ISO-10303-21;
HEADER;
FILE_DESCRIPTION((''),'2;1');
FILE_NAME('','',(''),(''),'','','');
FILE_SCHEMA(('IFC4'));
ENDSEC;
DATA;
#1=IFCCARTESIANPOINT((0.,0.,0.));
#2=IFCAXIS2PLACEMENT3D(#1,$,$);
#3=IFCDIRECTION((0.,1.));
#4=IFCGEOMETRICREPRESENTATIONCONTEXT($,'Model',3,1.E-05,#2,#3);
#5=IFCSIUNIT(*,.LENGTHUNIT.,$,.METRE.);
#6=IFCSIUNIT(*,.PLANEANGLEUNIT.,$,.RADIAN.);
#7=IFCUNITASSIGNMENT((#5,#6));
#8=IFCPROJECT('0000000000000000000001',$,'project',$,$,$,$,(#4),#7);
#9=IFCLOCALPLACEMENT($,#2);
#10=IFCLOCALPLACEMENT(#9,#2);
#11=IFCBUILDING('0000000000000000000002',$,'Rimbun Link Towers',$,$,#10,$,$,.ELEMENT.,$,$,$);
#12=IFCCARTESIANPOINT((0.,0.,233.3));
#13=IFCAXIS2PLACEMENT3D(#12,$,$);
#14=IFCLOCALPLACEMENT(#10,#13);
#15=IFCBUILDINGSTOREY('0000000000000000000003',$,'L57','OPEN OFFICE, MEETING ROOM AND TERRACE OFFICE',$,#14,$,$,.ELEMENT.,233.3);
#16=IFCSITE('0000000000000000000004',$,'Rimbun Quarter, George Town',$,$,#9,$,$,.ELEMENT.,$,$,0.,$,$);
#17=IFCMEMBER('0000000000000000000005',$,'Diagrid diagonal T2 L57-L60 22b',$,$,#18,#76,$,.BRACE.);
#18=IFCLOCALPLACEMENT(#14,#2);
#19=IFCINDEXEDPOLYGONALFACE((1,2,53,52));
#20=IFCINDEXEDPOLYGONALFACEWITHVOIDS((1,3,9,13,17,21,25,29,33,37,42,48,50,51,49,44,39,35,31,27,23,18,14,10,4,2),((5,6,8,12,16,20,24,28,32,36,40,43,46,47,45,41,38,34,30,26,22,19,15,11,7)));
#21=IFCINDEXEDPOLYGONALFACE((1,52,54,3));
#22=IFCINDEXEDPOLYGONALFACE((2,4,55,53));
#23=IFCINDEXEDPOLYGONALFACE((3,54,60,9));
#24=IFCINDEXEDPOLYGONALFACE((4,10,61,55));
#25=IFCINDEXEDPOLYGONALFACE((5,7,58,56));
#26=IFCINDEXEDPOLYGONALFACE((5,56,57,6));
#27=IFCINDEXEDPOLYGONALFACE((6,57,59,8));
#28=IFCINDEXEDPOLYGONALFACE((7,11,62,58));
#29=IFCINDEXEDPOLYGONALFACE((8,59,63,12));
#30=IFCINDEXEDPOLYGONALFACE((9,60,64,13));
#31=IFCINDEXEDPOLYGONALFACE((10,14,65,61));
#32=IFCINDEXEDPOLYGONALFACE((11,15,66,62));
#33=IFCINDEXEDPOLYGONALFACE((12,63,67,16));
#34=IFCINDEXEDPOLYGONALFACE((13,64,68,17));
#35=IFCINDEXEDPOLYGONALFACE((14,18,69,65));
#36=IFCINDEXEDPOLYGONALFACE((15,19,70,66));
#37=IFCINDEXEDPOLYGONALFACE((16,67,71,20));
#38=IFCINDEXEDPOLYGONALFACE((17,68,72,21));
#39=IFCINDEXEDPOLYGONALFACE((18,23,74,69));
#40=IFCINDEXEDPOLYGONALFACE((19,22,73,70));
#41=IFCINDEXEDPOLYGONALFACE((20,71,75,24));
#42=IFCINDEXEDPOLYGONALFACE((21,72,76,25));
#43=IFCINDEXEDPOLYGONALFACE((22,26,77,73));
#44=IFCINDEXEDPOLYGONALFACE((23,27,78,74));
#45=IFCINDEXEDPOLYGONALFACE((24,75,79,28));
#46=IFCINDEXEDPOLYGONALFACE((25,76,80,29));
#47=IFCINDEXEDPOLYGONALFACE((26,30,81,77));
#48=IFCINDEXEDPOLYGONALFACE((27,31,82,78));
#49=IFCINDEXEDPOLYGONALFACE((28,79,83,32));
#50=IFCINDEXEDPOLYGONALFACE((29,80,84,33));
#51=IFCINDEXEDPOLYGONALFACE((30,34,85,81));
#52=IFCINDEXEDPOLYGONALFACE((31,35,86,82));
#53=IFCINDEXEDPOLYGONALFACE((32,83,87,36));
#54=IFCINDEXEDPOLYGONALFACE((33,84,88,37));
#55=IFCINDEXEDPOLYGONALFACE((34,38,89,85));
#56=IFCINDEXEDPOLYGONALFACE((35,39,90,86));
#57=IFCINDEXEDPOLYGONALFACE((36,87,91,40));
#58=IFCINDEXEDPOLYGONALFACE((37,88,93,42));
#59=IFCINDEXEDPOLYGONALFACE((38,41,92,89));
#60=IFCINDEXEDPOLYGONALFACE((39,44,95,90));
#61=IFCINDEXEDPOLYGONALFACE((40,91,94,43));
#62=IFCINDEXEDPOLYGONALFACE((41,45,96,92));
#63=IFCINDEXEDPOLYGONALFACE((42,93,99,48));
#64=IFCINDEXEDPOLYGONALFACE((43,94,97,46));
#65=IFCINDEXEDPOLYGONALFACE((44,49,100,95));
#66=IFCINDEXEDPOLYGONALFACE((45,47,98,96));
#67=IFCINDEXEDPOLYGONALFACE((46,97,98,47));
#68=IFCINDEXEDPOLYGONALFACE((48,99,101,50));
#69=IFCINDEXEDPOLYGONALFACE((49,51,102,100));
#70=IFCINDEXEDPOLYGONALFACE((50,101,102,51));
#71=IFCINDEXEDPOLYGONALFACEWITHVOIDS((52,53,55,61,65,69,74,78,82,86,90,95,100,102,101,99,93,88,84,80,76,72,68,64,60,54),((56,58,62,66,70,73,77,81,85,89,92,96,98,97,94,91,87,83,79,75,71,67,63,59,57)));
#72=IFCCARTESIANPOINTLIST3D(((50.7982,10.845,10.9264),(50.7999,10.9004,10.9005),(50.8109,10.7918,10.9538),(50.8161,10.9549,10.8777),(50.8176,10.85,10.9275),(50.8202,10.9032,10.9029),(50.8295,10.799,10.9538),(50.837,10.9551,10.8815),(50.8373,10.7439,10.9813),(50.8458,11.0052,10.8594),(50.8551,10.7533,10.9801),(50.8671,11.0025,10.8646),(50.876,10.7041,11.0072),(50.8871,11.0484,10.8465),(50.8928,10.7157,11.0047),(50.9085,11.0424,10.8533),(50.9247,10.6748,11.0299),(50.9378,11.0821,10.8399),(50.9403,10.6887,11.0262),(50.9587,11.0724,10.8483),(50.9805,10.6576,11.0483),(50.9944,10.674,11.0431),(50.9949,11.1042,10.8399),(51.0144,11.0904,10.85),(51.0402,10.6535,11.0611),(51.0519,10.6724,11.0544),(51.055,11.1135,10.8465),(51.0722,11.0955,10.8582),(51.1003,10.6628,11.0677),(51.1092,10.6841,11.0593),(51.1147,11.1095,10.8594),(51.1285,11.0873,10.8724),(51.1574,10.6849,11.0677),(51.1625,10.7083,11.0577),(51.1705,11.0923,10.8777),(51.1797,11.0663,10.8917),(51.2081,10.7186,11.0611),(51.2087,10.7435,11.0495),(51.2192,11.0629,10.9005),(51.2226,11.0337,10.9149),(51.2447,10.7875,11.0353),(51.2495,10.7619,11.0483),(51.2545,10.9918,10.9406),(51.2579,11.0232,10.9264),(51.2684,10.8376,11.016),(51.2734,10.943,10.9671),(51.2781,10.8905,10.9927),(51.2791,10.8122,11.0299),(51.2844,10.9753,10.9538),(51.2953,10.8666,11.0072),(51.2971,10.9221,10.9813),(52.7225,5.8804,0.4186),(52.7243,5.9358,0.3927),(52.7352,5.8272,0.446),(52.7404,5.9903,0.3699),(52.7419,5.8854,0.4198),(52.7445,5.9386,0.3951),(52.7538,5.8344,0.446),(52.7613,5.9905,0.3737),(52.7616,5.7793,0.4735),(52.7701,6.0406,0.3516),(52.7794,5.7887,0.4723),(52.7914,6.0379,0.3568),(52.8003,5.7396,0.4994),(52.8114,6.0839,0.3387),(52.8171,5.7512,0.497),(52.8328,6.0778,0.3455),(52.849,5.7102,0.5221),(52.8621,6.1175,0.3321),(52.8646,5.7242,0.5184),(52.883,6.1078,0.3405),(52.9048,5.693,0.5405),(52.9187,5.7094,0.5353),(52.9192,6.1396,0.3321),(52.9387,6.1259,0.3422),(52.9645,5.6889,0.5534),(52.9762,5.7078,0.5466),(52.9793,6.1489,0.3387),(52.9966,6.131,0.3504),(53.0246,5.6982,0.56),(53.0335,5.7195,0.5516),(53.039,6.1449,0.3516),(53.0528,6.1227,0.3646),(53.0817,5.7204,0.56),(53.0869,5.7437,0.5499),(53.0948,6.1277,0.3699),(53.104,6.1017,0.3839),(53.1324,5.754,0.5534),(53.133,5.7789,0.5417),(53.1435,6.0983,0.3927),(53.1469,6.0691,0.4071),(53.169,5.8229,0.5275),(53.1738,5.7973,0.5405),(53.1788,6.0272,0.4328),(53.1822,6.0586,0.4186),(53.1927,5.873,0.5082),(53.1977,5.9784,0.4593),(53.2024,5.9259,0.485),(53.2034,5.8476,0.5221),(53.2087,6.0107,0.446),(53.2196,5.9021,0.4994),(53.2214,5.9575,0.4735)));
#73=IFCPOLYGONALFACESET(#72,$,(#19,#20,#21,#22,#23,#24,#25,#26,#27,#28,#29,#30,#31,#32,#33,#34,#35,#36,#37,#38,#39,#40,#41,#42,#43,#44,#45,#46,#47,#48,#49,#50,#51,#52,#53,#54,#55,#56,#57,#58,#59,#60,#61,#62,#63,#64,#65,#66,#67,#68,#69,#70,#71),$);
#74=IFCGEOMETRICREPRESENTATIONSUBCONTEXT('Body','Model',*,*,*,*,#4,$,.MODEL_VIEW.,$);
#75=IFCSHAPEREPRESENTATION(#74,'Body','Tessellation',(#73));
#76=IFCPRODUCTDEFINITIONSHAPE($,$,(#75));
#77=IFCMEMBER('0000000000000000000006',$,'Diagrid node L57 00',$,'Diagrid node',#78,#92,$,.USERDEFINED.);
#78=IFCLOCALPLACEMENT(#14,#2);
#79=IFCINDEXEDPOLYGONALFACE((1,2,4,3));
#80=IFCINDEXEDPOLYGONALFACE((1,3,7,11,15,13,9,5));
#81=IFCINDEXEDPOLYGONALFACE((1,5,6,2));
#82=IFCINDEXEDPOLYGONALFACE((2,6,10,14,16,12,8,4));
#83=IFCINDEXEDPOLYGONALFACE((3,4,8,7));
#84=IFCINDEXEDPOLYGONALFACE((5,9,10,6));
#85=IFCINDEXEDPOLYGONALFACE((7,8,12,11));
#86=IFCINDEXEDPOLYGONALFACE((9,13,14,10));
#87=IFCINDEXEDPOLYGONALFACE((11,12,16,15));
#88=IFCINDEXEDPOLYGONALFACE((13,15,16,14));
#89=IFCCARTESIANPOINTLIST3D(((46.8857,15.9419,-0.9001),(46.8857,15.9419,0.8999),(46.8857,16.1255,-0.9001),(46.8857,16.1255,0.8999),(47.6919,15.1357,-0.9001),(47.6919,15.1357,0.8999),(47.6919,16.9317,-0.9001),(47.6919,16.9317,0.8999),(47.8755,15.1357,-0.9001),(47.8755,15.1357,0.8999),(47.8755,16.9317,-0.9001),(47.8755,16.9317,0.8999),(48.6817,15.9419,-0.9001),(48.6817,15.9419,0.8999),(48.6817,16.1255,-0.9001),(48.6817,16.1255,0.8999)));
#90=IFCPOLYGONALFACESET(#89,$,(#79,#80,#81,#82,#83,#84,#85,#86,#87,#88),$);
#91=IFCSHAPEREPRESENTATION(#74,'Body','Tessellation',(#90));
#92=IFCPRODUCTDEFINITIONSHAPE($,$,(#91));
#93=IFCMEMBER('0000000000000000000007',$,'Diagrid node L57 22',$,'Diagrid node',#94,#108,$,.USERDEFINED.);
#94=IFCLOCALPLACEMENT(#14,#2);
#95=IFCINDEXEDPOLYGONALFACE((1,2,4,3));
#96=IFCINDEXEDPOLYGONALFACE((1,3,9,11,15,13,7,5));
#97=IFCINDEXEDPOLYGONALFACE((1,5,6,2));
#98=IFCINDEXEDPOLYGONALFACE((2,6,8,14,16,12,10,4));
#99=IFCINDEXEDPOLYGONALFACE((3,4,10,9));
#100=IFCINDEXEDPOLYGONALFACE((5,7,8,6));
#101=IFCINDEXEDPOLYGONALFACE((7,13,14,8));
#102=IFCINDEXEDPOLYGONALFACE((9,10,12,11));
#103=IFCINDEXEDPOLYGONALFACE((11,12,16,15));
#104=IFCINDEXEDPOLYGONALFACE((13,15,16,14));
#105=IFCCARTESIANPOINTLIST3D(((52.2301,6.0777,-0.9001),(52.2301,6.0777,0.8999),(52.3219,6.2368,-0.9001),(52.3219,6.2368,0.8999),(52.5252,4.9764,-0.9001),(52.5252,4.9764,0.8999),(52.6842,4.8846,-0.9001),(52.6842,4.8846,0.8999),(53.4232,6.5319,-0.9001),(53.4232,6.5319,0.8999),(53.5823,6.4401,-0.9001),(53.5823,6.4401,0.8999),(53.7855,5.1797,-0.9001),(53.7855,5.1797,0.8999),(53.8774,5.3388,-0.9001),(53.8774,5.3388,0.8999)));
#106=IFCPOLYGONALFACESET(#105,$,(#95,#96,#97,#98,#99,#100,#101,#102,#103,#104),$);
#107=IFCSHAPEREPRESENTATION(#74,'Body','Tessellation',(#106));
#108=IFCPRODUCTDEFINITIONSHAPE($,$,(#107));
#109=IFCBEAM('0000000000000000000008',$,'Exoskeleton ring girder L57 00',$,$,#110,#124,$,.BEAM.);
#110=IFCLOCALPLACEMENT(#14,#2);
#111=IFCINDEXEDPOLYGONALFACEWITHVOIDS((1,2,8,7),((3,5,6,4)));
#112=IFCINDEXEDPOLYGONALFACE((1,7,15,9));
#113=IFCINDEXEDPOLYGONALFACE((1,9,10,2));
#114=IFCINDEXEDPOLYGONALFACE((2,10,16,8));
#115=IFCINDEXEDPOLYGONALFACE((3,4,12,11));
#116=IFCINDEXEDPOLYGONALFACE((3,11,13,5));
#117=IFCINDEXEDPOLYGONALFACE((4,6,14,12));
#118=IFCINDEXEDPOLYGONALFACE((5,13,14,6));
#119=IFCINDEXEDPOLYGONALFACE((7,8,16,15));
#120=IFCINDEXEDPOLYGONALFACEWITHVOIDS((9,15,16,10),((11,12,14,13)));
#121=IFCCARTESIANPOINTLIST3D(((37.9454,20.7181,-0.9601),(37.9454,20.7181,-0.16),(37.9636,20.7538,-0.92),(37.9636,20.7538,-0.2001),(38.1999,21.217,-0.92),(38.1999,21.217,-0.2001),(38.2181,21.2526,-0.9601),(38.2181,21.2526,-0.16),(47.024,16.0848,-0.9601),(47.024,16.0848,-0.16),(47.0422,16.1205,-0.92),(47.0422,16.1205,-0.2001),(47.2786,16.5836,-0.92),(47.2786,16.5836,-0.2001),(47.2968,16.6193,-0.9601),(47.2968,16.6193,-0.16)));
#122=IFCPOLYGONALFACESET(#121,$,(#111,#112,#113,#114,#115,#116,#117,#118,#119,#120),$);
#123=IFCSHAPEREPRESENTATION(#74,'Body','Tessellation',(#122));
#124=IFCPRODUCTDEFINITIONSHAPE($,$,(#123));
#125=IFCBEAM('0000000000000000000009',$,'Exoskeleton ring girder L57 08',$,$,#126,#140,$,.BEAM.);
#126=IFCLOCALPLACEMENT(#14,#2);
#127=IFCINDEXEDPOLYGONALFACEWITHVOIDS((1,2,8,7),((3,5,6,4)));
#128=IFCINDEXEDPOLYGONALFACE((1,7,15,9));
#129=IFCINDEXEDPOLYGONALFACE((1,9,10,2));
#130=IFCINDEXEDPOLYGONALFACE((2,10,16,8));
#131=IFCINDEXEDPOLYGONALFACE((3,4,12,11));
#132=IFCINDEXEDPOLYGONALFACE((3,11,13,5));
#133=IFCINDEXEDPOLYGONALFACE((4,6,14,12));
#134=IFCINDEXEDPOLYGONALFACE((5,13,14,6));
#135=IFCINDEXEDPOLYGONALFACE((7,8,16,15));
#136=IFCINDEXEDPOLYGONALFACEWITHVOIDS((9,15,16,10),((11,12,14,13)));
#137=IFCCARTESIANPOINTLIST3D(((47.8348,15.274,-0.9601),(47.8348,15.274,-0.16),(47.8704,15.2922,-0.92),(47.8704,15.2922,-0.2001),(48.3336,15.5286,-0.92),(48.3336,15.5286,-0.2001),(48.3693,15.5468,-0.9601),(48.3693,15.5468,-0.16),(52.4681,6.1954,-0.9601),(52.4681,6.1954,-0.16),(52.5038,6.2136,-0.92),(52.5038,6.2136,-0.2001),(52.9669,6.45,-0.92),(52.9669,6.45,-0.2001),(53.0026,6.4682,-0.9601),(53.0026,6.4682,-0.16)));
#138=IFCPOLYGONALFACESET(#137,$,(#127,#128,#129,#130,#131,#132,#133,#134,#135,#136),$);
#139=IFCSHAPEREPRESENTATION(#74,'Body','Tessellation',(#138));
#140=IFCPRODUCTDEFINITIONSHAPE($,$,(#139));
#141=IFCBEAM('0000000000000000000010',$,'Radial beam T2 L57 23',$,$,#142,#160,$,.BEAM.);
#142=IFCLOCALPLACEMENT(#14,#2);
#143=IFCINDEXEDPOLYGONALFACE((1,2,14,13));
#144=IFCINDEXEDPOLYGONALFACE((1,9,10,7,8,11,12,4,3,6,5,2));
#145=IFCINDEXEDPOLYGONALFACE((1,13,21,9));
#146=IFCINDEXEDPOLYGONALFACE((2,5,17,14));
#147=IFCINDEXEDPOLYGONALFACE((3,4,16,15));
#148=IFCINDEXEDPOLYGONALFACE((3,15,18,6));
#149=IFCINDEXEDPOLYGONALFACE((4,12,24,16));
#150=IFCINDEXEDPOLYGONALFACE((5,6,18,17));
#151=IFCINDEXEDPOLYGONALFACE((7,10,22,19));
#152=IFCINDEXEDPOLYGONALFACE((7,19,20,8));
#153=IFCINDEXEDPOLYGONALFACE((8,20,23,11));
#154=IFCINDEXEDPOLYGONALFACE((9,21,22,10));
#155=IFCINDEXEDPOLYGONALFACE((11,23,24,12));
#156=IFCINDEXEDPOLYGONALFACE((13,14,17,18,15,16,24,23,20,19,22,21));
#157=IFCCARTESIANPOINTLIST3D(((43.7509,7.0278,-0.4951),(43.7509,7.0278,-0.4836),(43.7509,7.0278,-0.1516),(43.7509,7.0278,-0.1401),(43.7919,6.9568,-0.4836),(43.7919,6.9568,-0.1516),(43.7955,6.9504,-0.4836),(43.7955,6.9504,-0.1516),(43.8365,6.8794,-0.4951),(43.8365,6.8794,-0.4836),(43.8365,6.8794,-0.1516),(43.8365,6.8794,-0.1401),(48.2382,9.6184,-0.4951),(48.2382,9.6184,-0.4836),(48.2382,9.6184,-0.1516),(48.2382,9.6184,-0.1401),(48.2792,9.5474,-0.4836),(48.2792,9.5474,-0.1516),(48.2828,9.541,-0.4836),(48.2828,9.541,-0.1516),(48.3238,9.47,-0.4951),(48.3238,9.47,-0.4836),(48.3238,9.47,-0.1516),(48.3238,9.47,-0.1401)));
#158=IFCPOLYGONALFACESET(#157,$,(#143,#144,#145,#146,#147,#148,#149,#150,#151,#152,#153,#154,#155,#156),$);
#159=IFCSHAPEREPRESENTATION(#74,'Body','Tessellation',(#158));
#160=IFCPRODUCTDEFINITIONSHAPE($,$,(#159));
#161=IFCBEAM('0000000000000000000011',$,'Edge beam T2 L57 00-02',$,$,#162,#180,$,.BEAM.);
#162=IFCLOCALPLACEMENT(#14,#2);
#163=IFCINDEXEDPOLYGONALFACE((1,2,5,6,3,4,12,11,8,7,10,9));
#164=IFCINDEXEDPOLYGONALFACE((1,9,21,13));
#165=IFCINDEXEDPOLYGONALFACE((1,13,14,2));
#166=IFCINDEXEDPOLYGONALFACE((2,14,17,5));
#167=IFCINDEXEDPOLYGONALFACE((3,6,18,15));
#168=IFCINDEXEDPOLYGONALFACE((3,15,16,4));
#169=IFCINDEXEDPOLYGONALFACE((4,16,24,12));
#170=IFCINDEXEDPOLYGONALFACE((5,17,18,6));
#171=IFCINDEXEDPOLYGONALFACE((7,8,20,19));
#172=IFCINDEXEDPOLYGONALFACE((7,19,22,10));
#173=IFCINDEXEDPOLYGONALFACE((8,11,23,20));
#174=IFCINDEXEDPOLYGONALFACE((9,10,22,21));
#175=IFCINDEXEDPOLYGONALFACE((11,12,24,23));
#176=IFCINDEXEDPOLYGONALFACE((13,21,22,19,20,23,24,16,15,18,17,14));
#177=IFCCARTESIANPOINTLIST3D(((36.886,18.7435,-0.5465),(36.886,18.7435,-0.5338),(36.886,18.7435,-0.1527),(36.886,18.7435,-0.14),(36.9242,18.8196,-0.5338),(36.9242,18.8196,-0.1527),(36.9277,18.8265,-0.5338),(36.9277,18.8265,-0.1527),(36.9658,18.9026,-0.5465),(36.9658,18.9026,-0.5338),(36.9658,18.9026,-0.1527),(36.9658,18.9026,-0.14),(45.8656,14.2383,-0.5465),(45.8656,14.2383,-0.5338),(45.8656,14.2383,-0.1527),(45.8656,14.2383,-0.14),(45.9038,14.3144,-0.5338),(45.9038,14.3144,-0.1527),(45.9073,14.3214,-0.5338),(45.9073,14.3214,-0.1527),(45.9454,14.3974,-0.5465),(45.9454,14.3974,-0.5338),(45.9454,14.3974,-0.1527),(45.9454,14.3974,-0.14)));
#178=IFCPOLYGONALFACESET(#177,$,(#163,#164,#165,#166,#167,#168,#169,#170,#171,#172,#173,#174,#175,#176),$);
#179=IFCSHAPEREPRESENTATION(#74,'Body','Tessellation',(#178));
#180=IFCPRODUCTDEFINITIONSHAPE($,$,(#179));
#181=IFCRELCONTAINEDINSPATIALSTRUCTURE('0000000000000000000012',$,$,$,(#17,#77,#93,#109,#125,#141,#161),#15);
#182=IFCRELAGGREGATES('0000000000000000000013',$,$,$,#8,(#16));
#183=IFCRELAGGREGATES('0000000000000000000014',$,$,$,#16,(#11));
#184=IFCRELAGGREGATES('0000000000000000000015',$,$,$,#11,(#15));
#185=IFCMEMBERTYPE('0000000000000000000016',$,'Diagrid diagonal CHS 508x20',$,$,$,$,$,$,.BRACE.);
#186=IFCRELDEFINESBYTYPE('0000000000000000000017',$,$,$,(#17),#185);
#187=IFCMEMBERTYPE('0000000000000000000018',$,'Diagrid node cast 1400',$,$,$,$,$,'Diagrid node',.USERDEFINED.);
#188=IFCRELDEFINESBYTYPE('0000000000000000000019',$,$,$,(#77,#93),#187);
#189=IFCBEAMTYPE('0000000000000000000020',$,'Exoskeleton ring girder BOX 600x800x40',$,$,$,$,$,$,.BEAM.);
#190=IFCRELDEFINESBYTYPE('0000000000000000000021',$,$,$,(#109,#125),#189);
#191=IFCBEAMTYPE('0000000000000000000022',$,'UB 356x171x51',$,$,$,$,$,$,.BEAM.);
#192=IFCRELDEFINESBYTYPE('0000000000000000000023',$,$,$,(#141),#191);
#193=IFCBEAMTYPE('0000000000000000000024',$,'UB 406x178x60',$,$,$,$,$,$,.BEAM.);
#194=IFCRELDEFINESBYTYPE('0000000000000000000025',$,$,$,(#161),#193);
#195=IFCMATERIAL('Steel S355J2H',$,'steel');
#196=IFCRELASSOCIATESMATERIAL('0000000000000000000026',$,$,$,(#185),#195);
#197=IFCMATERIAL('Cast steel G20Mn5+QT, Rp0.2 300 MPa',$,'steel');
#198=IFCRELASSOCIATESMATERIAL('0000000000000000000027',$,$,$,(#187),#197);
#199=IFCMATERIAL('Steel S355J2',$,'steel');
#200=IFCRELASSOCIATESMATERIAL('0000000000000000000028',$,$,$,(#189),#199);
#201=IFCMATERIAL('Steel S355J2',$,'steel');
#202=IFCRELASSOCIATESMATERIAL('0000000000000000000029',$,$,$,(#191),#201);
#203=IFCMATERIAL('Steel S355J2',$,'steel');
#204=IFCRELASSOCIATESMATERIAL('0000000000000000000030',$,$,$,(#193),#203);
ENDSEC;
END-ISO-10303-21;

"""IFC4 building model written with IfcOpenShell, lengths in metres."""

from ifc_helpers import new_model, si_unit, direction, frame, origin, origin_2d, place, context, subcontext, project, spatial, polyline, hollow_rectangle, hollow_circle, i_section, outline, extrude, material, material_profile, profile_set, type_object, element, save


model = new_model("IFC4")

# Units and contexts
model_context = context("Model", 3, precision=1e-05, world=origin(), true_north=direction((0.0, 1.0)))
body_context = subcontext(model_context, "Body", "Model", "MODEL_VIEW")
ifc_project = project(units=[si_unit("LENGTHUNIT", "METRE"), si_unit("PLANEANGLEUNIT", "RADIAN")], contexts=[model_context])

# Site, building, storey
site_placement = place(None, origin())
site = spatial("IfcSite", under=ifc_project, at=site_placement, Name="Rimbun Quarter, George Town", CompositionType="ELEMENT", RefElevation=0.0)
building_placement = place(site_placement, origin())
building = spatial("IfcBuilding", under=site, at=building_placement, Name="Rimbun Link Towers", CompositionType="ELEMENT")
storey_placement = place(building_placement, frame((0.0, 0.0, 233.3)))
storey = spatial("IfcBuildingStorey", under=building, at=storey_placement, Name="L57", Description="OPEN OFFICE, MEETING ROOM AND TERRACE OFFICE", CompositionType="ELEMENT", Elevation=233.3)

# Members
ifc_material_1 = material(Name="Steel S355J2H", Category="steel")
ifc_material_profile_1 = material_profile(ifc_material_1, hollow_circle(Radius=0.2539, WallThickness=0.02, at=origin_2d()), Name="Diagrid diagonal CHS 508x20")
ifc_profile_set_1 = profile_set([ifc_material_profile_1], Name="Steel S355J2H")
member_type_1 = type_object("IfcMemberType", Name="Diagrid diagonal CHS 508x20", PredefinedType="BRACE", material=ifc_profile_set_1)
member_1_placement = place(storey_placement, frame((52.9719, 5.9189, 0.446), z_axis=(-0.163357, 0.421449, 0.892017), x_axis=(-0.932408, -0.361408, 0.0)))
element("IfcMember", 1, at=member_1_placement, inside=storey, type_object=member_type_1, Name="Diagrid diagonal T2 L57-L60 22b", PredefinedType="BRACE", context=body_context, shape_type="SweptSolid", body=[
    extrude(hollow_circle(Radius=0.2539, WallThickness=0.02, at=origin_2d()), origin(), (0.0, 0.0, 1.0), 11.7798),
])
ifc_material_2 = material(Name="Cast steel G20Mn5+QT, Rp0.2 300 MPa", Category="steel")
ifc_material_profile_2 = material_profile(ifc_material_2, outline(polyline([(0.7, -0.5701), (0.7, 0.5701), (0.5701, 0.7), (-0.5701, 0.7), (-0.7, 0.5701), (-0.7, -0.5701), (-0.5701, -0.7), (0.5701, -0.7), (0.7, -0.5701)])), Name="NODE 1400x1400")
ifc_profile_set_2 = profile_set([ifc_material_profile_2], Name="Cast steel G20Mn5+QT, Rp0.2 300 MPa")
member_type_2 = type_object("IfcMemberType", Name="Diagrid node cast 1400", ElementType="Diagrid node", PredefinedType="USERDEFINED", material=ifc_profile_set_2)
for number, where, z_axis, x_axis, name in (
    (2, (47.7837, 16.0337, -0.9001), (0.0, 0.0, 1.0), (0.707107, 0.707107, 0.0), "Diagrid node L57 00"),
    (3, (53.0537, 5.7083, -0.9001), (0.0, 0.0, 1.0), (0.965926, 0.258819, 0.0), "Diagrid node L57 22"),
):
    element("IfcMember", number, at=place(storey_placement, frame(where, z_axis=z_axis, x_axis=x_axis)), inside=storey, type_object=member_type_2, Name=name, ObjectType="Diagrid node", PredefinedType="USERDEFINED", context=body_context, shape_type="SweptSolid", body=[
        extrude(outline(polyline([(0.7, -0.5701), (0.7, 0.5701), (0.5701, 0.7), (-0.5701, 0.7), (-0.7, 0.5701), (-0.7, -0.5701), (-0.5701, -0.7), (0.5701, -0.7), (0.7, -0.5701)])), origin(), (0.0, 0.0, 1.0), 1.8),
    ])

# Beams
ifc_material_3 = material(Name="Steel S355J2", Category="steel")
ifc_material_profile_3 = material_profile(ifc_material_3, hollow_rectangle(XDim=0.6001, YDim=0.8, WallThickness=0.04, at=origin_2d()), Name="Exoskeleton ring girder BOX 600x800x40")
ifc_profile_set_3 = profile_set([ifc_material_profile_3], Name="Steel S355J2")
beam_type_1 = type_object("IfcBeamType", Name="Exoskeleton ring girder BOX 600x800x40", PredefinedType="BEAM", material=ifc_profile_set_3)
for number, where, z_axis, x_axis, name in (
    (4, (47.1604, 16.3521, -0.5601), (-0.890708, 0.454576, 0.0), (-0.454576, -0.890708, 0.0), "Exoskeleton ring girder L57 00"),
    (5, (52.7354, 6.3318, -0.5601), (-0.454576, 0.890708, 0.0), (-0.890708, -0.454576, 0.0), "Exoskeleton ring girder L57 08"),
):
    element("IfcBeam", number, at=place(storey_placement, frame(where, z_axis=z_axis, x_axis=x_axis)), inside=storey, type_object=beam_type_1, Name=name, PredefinedType="BEAM", context=body_context, shape_type="SweptSolid", body=[
        extrude(hollow_rectangle(XDim=0.6001, YDim=0.8, WallThickness=0.04, at=origin_2d()), origin(), (0.0, 0.0, 1.0), 10.1926),
    ])
ifc_material_4 = material(Name="Steel S355J2", Category="steel")
ifc_material_profile_4 = material_profile(ifc_material_4, i_section(OverallWidth=0.1714, OverallDepth=0.355, WebThickness=0.0073, FlangeThickness=0.0115, at=origin_2d()), Name="UB 356x171x51")
ifc_profile_set_4 = profile_set([ifc_material_profile_4], Name="Steel S355J2")
beam_type_2 = type_object("IfcBeamType", Name="UB 356x171x51", PredefinedType="BEAM", material=ifc_profile_set_4)
beam_1_placement = place(storey_placement, frame((43.7937, 6.9536, -0.3176), z_axis=(0.86604, 0.499975, 0.0), x_axis=(-0.499975, 0.86604, 0.0)))
element("IfcBeam", 6, at=beam_1_placement, inside=storey, type_object=beam_type_2, Name="Radial beam T2 L57 23", PredefinedType="BEAM", context=body_context, shape_type="SweptSolid", body=[
    extrude(i_section(OverallWidth=0.1714, OverallDepth=0.355, WebThickness=0.0073, FlangeThickness=0.0115, at=origin_2d()), origin(), (0.0, 0.0, 1.0), 5.1814),
])
ifc_material_5 = material(Name="Steel S355J2", Category="steel")
ifc_material_profile_5 = material_profile(ifc_material_5, i_section(OverallWidth=0.178, OverallDepth=0.4065, WebThickness=0.0078, FlangeThickness=0.0127, at=origin_2d()), Name="UB 406x178x60")
ifc_profile_set_5 = profile_set([ifc_material_profile_5], Name="Steel S355J2")
beam_type_3 = type_object("IfcBeamType", Name="UB 406x178x60", PredefinedType="BEAM", material=ifc_profile_set_5)
beam_2_placement = place(storey_placement, frame((45.9055, 14.3179, -0.3433), z_axis=(-0.893814, 0.448438, 0.0), x_axis=(-0.448438, -0.893814, 0.0)))
element("IfcBeam", 7, at=beam_2_placement, inside=storey, type_object=beam_type_3, Name="Edge beam T2 L57 00-02", PredefinedType="BEAM", context=body_context, shape_type="SweptSolid", body=[
    extrude(i_section(OverallWidth=0.178, OverallDepth=0.4065, WebThickness=0.0078, FlangeThickness=0.0127, at=origin_2d()), origin(), (0.0, 0.0, 1.0), 10.0464),
])

save(model, "model.ifc")
